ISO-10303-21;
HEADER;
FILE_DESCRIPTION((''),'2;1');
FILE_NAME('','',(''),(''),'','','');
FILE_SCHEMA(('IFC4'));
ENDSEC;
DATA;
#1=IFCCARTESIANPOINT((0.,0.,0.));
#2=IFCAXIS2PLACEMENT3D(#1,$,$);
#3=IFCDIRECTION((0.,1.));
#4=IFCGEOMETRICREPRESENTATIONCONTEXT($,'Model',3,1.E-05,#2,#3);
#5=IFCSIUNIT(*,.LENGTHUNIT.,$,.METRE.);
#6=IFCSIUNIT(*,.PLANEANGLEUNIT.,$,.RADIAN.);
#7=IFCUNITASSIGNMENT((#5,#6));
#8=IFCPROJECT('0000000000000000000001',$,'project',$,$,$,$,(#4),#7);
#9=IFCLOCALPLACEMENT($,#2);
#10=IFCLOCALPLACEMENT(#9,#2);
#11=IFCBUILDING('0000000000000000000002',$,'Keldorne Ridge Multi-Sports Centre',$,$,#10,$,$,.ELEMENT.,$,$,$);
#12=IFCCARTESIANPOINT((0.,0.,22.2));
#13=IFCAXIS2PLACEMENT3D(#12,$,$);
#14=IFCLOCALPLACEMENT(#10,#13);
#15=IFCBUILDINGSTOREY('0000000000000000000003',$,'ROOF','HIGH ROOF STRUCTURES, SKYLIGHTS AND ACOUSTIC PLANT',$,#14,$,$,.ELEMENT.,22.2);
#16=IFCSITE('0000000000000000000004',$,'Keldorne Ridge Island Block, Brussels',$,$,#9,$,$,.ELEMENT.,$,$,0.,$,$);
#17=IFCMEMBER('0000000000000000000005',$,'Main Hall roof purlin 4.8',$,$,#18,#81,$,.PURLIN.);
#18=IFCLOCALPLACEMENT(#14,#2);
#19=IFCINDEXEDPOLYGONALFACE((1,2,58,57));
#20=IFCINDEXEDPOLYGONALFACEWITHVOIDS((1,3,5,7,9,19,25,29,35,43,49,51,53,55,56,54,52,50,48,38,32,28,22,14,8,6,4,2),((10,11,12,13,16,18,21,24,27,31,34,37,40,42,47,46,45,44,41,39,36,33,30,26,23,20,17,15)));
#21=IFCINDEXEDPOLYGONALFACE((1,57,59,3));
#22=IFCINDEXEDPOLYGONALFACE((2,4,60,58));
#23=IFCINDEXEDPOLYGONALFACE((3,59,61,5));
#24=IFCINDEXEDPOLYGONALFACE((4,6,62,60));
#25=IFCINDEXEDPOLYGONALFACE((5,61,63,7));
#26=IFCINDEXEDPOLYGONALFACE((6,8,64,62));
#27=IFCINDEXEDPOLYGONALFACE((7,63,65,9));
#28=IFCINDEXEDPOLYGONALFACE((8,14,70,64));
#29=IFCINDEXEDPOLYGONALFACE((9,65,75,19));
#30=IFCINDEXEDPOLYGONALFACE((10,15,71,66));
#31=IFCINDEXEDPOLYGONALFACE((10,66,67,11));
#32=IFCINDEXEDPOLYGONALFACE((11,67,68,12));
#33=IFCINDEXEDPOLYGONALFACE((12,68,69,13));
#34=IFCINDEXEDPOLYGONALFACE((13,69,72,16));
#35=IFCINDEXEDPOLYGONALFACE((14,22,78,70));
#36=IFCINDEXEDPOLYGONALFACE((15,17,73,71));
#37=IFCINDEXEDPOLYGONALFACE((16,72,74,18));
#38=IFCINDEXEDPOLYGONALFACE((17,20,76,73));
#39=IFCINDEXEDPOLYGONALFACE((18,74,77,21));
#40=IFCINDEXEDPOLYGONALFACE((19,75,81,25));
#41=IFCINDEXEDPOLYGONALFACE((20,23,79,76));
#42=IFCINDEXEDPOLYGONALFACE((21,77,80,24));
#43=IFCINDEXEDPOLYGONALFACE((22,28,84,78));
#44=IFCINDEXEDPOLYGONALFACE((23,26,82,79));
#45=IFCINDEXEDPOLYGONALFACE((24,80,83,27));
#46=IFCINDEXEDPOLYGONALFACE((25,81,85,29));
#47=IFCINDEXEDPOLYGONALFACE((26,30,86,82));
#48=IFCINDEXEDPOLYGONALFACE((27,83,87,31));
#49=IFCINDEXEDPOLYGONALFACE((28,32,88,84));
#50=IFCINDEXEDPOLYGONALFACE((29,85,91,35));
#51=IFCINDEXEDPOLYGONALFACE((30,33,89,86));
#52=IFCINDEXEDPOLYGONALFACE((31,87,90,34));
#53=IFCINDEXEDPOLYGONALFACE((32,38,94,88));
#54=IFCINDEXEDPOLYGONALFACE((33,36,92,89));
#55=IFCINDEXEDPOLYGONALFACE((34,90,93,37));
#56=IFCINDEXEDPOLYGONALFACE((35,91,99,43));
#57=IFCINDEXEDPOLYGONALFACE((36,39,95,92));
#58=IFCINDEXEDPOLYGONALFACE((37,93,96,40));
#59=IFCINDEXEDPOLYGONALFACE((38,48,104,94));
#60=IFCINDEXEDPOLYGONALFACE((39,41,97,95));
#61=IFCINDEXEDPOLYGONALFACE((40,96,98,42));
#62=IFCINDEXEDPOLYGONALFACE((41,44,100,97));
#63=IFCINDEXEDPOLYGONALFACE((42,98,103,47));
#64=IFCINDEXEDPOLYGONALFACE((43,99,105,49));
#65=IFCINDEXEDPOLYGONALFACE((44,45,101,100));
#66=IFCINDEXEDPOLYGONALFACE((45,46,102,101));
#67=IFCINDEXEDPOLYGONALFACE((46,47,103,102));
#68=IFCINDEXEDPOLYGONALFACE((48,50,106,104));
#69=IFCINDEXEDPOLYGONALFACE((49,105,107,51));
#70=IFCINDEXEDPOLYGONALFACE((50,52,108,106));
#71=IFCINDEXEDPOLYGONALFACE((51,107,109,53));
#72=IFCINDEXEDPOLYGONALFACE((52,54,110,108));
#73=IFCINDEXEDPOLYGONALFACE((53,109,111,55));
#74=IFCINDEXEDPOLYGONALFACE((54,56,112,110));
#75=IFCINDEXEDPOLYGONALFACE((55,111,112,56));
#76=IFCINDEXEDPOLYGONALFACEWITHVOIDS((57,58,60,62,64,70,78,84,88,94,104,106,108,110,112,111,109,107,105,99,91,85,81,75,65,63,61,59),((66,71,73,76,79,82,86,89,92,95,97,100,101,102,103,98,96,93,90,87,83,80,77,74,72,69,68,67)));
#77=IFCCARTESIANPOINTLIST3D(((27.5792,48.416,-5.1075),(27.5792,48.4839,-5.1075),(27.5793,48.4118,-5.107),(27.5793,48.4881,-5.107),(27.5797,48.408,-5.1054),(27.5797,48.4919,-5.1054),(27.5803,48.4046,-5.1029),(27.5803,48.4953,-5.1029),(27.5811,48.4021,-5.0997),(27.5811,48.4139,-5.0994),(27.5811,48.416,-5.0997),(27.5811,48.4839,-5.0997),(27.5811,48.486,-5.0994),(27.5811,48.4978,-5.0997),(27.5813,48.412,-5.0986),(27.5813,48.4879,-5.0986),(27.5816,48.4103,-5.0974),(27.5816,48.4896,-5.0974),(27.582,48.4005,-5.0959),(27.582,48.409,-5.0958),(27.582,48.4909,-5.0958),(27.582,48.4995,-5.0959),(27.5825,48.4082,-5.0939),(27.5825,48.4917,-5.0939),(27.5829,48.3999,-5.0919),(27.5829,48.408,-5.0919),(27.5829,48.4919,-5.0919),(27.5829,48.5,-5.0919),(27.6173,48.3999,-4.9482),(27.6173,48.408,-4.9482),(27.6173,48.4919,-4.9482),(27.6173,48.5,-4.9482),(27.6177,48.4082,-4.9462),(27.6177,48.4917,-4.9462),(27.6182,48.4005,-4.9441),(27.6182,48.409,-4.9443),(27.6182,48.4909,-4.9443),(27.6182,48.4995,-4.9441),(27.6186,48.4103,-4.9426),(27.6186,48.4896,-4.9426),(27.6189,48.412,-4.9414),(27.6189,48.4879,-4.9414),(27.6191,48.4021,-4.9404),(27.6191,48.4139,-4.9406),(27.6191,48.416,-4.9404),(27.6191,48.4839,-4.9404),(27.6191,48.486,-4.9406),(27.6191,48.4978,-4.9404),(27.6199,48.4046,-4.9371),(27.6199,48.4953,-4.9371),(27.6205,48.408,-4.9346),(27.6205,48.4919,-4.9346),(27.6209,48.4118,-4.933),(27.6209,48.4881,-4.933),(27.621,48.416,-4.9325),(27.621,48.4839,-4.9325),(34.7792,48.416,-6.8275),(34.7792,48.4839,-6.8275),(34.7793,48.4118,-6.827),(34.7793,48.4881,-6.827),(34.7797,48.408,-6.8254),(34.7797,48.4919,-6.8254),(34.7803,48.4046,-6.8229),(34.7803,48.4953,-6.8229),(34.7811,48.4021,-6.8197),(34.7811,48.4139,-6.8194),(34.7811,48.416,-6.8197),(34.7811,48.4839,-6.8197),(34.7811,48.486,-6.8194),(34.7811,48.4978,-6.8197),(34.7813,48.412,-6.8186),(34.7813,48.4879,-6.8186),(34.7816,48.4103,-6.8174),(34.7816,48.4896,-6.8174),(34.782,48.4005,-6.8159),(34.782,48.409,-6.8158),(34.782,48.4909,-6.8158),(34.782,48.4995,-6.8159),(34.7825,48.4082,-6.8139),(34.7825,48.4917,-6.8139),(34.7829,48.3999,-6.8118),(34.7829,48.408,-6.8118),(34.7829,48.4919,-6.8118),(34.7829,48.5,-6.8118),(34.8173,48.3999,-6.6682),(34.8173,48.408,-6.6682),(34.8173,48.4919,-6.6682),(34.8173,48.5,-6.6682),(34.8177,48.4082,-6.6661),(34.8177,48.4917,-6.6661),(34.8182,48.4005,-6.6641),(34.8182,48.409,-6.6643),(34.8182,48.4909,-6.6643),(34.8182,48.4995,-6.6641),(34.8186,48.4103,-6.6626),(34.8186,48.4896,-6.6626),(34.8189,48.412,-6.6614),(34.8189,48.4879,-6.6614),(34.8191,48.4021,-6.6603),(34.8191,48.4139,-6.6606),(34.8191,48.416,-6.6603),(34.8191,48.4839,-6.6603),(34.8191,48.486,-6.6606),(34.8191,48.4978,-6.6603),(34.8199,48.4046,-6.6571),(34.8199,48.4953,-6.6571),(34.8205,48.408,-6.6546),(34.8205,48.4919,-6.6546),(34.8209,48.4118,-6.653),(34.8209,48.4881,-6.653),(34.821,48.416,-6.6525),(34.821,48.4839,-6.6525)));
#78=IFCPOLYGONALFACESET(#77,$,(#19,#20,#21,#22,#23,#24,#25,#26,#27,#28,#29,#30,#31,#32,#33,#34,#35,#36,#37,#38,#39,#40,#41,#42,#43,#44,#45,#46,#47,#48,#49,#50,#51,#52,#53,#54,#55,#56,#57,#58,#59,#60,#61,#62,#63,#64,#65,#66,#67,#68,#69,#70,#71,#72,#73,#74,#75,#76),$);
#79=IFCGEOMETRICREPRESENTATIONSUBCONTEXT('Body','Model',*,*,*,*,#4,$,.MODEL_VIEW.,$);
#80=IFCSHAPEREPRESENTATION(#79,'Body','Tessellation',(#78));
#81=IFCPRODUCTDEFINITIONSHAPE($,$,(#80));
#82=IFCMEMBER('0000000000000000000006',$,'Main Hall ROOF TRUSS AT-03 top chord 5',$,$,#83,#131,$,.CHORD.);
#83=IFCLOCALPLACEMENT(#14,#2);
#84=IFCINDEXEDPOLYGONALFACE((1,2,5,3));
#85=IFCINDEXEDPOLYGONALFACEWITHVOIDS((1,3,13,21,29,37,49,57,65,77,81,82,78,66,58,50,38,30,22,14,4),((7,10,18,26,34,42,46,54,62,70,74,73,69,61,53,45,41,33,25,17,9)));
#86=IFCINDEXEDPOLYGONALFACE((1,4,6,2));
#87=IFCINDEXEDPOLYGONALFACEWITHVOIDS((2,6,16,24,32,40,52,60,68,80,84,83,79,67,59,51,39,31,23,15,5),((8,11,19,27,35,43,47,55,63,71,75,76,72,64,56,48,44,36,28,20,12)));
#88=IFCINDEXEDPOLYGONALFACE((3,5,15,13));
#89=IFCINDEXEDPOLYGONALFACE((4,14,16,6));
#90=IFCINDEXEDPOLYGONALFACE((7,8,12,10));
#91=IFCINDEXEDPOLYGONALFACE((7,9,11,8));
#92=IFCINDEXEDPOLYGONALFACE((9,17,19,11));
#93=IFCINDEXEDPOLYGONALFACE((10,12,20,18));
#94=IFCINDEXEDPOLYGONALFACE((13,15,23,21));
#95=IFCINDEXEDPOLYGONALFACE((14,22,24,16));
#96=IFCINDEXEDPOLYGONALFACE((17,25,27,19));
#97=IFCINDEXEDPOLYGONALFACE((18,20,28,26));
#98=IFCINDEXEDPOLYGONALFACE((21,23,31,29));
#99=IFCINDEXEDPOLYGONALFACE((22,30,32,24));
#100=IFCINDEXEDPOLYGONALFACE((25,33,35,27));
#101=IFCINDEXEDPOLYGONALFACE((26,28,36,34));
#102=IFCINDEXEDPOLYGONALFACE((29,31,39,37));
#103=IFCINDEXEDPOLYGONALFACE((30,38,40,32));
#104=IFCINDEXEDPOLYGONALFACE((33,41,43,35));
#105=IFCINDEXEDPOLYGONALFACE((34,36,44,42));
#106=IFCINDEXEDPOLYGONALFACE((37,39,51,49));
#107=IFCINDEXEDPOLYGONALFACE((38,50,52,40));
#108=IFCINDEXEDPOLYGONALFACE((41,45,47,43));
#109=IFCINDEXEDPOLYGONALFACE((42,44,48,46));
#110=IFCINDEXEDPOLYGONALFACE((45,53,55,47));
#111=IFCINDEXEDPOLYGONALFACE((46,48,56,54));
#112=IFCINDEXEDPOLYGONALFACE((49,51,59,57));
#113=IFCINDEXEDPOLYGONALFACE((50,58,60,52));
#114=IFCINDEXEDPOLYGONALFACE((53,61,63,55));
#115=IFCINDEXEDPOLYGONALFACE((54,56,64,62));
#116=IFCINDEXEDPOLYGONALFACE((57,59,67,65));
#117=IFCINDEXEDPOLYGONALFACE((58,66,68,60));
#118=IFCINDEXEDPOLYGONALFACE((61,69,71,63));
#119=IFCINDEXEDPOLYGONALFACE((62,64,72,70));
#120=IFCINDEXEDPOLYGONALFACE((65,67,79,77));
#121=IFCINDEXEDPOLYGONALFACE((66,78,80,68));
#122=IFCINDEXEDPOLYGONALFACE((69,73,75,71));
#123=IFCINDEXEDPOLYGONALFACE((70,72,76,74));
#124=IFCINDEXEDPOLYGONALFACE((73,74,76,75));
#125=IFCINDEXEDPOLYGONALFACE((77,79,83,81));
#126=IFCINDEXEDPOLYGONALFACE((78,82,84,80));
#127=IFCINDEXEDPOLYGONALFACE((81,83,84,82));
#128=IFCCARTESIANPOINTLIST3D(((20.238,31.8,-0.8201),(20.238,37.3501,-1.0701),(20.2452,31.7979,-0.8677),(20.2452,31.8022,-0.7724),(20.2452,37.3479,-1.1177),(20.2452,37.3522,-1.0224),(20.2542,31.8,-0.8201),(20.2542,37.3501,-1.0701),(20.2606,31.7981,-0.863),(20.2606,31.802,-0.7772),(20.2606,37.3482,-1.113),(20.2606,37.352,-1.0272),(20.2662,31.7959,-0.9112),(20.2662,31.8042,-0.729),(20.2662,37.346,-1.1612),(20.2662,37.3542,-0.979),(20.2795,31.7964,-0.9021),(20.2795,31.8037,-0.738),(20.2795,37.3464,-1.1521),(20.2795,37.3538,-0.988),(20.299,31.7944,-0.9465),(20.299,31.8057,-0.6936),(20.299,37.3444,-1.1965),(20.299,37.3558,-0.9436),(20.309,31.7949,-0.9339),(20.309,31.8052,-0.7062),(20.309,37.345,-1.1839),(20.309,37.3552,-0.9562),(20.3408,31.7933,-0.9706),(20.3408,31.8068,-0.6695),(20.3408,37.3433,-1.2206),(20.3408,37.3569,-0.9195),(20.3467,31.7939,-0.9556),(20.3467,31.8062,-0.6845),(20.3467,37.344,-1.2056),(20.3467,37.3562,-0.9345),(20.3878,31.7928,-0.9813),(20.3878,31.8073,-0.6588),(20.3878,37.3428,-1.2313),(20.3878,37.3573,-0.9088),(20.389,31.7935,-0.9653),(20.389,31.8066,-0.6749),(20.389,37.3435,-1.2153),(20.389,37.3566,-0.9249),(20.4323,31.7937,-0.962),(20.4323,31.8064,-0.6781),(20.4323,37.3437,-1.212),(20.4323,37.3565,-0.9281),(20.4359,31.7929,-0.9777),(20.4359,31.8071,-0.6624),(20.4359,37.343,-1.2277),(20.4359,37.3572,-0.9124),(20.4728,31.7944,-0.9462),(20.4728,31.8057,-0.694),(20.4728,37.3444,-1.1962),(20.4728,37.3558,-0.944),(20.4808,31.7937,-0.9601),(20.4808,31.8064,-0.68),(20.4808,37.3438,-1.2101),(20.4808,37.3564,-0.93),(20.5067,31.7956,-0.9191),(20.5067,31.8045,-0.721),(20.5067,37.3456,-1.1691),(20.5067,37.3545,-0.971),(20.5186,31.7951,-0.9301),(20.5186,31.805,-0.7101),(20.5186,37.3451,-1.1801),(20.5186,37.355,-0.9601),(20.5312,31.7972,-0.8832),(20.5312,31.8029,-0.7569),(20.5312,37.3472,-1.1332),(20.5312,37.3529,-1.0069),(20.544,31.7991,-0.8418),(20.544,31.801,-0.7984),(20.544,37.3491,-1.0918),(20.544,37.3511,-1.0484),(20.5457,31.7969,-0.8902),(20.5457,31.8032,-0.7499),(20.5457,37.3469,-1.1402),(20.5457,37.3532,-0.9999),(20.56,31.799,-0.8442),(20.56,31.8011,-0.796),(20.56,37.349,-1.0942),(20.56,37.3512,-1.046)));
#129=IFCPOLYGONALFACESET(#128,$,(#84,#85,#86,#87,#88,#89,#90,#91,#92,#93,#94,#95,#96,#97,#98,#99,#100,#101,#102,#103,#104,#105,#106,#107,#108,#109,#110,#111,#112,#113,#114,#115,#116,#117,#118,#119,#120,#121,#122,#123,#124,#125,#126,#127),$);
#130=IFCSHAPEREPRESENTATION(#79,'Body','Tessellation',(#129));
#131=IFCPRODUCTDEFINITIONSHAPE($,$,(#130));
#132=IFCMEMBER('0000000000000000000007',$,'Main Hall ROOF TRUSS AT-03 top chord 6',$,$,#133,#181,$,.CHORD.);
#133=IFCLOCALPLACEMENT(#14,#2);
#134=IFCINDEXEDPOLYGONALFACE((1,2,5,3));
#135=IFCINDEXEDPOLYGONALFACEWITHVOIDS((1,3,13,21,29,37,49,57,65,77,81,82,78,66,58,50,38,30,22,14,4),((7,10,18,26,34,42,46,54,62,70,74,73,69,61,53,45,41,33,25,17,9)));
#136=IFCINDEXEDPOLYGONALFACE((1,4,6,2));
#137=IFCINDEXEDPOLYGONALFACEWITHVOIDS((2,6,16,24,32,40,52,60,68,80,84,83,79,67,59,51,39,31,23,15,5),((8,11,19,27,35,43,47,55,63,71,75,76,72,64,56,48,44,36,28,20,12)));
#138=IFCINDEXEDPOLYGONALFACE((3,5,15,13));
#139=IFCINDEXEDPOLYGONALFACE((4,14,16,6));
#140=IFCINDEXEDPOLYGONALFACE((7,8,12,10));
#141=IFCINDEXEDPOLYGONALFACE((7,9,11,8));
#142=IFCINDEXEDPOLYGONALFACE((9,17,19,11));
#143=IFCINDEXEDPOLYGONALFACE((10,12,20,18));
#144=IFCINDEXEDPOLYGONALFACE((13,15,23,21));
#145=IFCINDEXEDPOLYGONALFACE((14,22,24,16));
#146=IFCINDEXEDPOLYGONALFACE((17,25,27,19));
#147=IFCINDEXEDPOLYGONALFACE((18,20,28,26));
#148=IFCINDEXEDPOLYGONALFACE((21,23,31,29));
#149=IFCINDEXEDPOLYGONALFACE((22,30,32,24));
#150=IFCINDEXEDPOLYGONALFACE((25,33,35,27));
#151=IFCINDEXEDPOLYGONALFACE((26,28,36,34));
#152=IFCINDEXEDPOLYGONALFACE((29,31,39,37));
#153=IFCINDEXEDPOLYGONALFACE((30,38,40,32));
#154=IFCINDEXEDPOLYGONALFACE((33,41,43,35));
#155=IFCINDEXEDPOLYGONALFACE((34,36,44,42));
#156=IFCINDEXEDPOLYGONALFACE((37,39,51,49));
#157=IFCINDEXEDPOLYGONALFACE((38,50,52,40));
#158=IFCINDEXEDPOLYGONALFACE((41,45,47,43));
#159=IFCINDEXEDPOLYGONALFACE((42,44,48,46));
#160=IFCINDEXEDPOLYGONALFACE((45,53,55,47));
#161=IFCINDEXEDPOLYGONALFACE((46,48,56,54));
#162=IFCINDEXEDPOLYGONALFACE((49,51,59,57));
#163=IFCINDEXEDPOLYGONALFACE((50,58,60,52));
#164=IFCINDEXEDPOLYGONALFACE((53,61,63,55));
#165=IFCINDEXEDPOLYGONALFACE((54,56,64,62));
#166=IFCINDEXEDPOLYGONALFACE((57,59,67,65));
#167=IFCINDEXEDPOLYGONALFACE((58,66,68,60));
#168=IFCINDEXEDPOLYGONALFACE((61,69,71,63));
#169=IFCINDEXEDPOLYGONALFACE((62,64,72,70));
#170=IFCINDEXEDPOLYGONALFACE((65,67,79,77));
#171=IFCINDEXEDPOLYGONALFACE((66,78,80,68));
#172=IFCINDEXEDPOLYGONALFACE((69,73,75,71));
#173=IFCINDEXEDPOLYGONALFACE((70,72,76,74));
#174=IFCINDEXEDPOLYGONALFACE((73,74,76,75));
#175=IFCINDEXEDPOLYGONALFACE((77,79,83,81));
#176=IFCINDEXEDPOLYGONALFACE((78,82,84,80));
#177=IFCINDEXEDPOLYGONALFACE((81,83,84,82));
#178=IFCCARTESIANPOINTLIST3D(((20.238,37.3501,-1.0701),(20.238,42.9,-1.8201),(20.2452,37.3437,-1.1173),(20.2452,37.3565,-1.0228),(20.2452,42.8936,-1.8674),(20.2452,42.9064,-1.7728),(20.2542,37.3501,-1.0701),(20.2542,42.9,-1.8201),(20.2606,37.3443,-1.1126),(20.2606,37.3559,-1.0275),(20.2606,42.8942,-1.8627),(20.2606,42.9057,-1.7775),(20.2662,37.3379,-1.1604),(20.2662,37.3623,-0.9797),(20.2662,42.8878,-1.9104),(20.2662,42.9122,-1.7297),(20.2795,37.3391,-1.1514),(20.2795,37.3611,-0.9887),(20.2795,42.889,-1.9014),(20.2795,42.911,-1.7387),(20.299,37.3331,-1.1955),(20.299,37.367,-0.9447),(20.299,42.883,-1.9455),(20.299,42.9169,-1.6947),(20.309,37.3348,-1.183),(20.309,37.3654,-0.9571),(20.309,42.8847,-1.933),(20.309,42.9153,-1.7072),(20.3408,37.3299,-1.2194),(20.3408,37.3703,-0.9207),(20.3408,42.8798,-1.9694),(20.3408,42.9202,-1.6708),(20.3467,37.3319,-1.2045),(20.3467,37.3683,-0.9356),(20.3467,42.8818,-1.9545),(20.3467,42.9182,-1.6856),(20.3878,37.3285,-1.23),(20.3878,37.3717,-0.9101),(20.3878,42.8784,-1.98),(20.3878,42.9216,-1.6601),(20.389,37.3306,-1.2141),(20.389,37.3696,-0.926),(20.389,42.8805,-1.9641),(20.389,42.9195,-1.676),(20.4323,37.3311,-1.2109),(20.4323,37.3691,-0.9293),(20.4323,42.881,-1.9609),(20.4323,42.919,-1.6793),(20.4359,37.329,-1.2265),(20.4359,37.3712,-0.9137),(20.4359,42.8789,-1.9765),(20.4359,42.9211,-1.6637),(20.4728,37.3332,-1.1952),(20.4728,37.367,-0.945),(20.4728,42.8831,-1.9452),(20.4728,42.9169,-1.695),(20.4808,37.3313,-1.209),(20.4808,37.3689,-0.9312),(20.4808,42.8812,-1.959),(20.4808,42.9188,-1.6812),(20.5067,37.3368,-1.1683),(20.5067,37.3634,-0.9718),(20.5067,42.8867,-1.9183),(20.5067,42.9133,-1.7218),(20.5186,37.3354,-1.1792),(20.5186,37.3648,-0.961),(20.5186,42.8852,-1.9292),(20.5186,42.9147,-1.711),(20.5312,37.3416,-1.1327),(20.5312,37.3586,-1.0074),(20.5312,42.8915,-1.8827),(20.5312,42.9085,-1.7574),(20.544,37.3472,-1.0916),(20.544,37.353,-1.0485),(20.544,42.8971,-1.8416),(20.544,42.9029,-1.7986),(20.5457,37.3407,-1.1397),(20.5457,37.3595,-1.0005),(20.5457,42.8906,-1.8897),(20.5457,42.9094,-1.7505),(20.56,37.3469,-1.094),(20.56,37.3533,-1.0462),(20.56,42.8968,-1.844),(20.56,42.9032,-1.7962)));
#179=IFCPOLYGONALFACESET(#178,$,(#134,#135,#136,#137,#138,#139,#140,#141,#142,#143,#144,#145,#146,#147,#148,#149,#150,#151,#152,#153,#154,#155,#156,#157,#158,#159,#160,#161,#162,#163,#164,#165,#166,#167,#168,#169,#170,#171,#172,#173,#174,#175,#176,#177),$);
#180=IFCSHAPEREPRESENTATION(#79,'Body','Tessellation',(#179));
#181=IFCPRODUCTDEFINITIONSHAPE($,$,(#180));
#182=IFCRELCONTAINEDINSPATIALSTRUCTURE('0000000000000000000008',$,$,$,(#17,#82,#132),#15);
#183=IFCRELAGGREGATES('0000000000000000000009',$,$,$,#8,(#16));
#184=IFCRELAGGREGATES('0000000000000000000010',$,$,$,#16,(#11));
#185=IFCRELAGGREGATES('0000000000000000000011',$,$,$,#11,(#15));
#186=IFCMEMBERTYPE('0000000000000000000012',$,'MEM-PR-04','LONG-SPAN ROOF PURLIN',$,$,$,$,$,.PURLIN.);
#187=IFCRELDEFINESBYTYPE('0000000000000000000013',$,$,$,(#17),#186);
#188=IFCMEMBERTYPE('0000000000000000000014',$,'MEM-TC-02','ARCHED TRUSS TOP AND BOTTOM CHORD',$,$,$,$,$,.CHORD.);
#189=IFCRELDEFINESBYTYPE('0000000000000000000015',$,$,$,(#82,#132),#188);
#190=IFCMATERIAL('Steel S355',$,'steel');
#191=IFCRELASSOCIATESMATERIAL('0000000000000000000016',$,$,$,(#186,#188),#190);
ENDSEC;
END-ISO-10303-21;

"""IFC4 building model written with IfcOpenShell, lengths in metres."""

from ifc_helpers import new_model, si_unit, direction, frame, origin, origin_2d, place, context, subcontext, project, spatial, hollow_rectangle, hollow_circle, extrude, material, material_profile, profile_set, type_object, element, save


model = new_model("IFC4")

# Units and contexts
model_context = context("Model", 3, precision=1e-05, world=origin(), true_north=direction((0.0, 1.0)))
body_context = subcontext(model_context, "Body", "Model", "MODEL_VIEW")
ifc_project = project(units=[si_unit("LENGTHUNIT", "METRE"), si_unit("PLANEANGLEUNIT", "RADIAN")], contexts=[model_context])

# Site, building, storey
site_placement = place(None, origin())
site = spatial("IfcSite", under=ifc_project, at=site_placement, Name="Keldorne Ridge Island Block, Brussels", CompositionType="ELEMENT", RefElevation=0.0)
building_placement = place(site_placement, origin())
building = spatial("IfcBuilding", under=site, at=building_placement, Name="Keldorne Ridge Multi-Sports Centre", CompositionType="ELEMENT")
storey_placement = place(building_placement, frame((0.0, 0.0, 22.2)))
storey = spatial("IfcBuildingStorey", under=building, at=storey_placement, Name="ROOF", Description="HIGH ROOF STRUCTURES, SKYLIGHTS AND ACOUSTIC PLANT", CompositionType="ELEMENT", Elevation=22.2)

# Members
ifc_material = material(Name="Steel S355", Category="steel")
ifc_material_profile_1 = material_profile(ifc_material, hollow_rectangle(XDim=0.1001, YDim=0.1799, WallThickness=0.0081, InnerFilletRadius=0.0081, OuterFilletRadius=0.0161, at=origin_2d()), Name="RHS 180x100x8")
ifc_profile_set_1 = profile_set([ifc_material_profile_1], Name="Steel S355")
member_type_1 = type_object("IfcMemberType", Name="MEM-PR-04", Description="LONG-SPAN ROOF PURLIN", PredefinedType="PURLIN", material=ifc_profile_set_1)
member_1_placement = place(storey_placement, frame((27.6001, 48.45, -5.02), z_axis=(0.972633, 0.0, -0.232349), x_axis=(0.0, 1.0, 0.0)))
element("IfcMember", 1, at=member_1_placement, inside=storey, type_object=member_type_1, Name="Main Hall roof purlin 4.8", PredefinedType="PURLIN", context=body_context, shape_type="SweptSolid", body=[
    extrude(hollow_rectangle(XDim=0.1001, YDim=0.1799, WallThickness=0.0081, InnerFilletRadius=0.0081, OuterFilletRadius=0.0161, at=origin_2d()), origin(), (0.0, 0.0, 1.0), 7.4026),
])
ifc_material_profile_2 = material_profile(ifc_material, hollow_circle(Radius=0.1619, WallThickness=0.0161, at=origin_2d()), Name="CHS 323.9x16")
ifc_profile_set_2 = profile_set([ifc_material_profile_2], Name="Steel S355")
member_type_2 = type_object("IfcMemberType", Name="MEM-TC-02", Description="ARCHED TRUSS TOP AND BOTTOM CHORD", PredefinedType="CHORD", material=ifc_profile_set_2)
member_2_placement = place(storey_placement, frame((20.3999, 31.8, -0.8201), z_axis=(0.0, 0.998987, -0.044999), x_axis=(-1.0, 0.0, 0.0)))
element("IfcMember", 2, at=member_2_placement, inside=storey, type_object=member_type_2, Name="Main Hall ROOF TRUSS AT-03 top chord 5", PredefinedType="CHORD", context=body_context, shape_type="SweptSolid", body=[
    extrude(hollow_circle(Radius=0.1619, WallThickness=0.0161, at=origin_2d()), origin(), (0.0, 0.0, 1.0), 5.5557),
])
member_3_placement = place(storey_placement, frame((20.3999, 37.3501, -1.0701), z_axis=(0.0, 0.990992, -0.133923), x_axis=(-1.0, 0.0, 0.0)))
element("IfcMember", 3, at=member_3_placement, inside=storey, type_object=member_type_2, Name="Main Hall ROOF TRUSS AT-03 top chord 6", PredefinedType="CHORD", context=body_context, shape_type="SweptSolid", body=[
    extrude(hollow_circle(Radius=0.1619, WallThickness=0.0161, at=origin_2d()), origin(), (0.0, 0.0, 1.0), 5.6003),
])

save(model, "model.ifc")
